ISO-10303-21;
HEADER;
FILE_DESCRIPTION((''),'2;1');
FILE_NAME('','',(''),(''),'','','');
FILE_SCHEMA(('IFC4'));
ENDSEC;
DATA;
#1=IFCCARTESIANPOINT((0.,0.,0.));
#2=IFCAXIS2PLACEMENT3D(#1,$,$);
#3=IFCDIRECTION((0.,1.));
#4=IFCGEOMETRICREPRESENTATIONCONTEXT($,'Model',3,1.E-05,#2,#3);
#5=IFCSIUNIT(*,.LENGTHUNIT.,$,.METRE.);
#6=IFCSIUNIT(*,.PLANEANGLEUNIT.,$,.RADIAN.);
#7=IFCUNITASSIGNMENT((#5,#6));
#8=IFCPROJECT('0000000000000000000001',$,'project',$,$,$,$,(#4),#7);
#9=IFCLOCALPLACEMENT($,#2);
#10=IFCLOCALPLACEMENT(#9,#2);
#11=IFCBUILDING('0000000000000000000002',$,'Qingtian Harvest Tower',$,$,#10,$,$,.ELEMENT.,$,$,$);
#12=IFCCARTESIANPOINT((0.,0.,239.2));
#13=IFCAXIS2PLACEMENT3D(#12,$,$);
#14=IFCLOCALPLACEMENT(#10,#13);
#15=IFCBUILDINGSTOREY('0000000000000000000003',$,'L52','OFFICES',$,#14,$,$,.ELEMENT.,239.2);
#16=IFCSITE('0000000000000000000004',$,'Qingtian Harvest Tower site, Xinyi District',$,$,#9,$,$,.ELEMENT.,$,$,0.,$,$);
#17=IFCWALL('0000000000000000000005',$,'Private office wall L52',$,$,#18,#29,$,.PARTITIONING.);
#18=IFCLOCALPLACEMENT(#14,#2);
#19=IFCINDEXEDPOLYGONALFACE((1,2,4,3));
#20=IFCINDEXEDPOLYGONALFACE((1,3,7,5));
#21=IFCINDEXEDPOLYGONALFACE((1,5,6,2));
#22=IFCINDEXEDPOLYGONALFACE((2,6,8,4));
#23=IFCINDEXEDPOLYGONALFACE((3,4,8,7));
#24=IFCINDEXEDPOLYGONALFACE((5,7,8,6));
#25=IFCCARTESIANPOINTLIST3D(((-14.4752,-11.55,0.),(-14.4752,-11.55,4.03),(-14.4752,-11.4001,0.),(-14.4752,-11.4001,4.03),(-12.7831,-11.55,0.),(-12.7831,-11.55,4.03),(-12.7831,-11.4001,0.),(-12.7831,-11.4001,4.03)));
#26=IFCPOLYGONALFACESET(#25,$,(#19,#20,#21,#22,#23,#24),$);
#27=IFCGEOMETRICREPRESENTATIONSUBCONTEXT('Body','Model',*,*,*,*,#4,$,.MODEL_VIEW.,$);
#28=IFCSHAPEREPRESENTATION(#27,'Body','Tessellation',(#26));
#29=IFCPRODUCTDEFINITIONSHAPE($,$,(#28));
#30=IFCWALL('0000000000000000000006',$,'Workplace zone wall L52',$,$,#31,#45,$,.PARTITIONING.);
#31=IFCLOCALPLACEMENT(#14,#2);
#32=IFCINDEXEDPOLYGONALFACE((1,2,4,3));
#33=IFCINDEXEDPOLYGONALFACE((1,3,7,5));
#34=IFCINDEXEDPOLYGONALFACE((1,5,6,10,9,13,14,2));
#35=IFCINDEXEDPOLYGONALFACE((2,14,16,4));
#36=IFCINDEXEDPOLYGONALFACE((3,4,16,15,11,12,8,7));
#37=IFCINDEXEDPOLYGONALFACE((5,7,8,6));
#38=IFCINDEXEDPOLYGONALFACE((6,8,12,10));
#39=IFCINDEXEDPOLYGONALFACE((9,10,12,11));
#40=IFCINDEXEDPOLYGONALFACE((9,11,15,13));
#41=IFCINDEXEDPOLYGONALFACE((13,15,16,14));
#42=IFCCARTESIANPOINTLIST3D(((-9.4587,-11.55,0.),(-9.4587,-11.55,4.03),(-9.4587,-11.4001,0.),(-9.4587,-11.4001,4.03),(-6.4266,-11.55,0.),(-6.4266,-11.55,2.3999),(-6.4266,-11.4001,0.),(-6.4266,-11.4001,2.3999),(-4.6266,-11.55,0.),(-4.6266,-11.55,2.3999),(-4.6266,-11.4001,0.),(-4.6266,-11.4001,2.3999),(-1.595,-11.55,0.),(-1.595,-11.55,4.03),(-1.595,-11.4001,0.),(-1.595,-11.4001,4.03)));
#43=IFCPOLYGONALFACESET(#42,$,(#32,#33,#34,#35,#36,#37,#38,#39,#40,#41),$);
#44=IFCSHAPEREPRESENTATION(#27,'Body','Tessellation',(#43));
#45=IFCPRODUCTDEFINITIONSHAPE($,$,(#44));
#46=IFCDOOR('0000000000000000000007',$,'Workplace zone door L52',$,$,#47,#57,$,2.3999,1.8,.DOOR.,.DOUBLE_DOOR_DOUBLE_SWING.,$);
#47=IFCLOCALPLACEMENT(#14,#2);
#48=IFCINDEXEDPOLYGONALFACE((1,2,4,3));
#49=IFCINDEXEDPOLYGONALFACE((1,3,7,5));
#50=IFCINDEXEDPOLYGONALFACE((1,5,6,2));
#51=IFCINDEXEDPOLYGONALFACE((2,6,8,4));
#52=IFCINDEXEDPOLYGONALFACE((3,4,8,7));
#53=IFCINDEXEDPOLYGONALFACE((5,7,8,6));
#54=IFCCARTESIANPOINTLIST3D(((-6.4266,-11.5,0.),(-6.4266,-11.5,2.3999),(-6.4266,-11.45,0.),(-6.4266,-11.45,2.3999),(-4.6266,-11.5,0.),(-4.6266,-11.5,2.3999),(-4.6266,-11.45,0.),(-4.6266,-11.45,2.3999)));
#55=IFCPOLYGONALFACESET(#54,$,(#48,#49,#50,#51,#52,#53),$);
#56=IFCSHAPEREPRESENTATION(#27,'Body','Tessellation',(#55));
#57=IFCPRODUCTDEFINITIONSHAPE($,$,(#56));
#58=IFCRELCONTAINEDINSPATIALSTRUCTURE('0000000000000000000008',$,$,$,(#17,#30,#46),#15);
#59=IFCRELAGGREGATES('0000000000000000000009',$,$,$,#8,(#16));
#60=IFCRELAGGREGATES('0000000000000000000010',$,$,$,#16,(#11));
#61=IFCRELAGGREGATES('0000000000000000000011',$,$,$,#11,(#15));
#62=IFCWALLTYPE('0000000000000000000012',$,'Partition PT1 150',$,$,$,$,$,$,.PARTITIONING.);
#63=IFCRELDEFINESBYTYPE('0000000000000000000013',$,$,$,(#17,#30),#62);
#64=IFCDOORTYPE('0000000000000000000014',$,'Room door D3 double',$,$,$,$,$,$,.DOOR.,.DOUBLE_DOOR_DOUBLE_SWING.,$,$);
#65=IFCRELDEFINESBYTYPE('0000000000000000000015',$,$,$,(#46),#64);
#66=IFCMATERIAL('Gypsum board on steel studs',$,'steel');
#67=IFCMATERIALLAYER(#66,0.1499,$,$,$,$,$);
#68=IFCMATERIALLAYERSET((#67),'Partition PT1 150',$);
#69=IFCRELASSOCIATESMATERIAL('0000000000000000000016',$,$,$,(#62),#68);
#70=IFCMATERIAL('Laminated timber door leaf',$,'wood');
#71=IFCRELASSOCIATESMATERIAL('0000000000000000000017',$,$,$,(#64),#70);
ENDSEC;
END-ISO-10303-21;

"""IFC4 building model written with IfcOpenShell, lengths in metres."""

from ifc_helpers import new_model, si_unit, direction, frame, frame_2d, origin, place, context, subcontext, project, spatial, rectangle, extrude, material, layer, layer_set, type_object, element, fill, save


model = new_model("IFC4")

# Units and contexts
model_context = context("Model", 3, precision=1e-05, world=origin(), true_north=direction((0.0, 1.0)))
body_context = subcontext(model_context, "Body", "Model", "MODEL_VIEW")
ifc_project = project(units=[si_unit("LENGTHUNIT", "METRE"), si_unit("PLANEANGLEUNIT", "RADIAN")], contexts=[model_context])

# Site, building, storey
site_placement = place(None, origin())
site = spatial("IfcSite", under=ifc_project, at=site_placement, Name="Qingtian Harvest Tower site, Xinyi District", CompositionType="ELEMENT", RefElevation=0.0)
building_placement = place(site_placement, origin())
building = spatial("IfcBuilding", under=site, at=building_placement, Name="Qingtian Harvest Tower", CompositionType="ELEMENT")
storey_placement = place(building_placement, frame((0.0, 0.0, 239.2)))
storey = spatial("IfcBuildingStorey", under=building, at=storey_placement, Name="L52", Description="OFFICES", CompositionType="ELEMENT", Elevation=239.2)

# Shared definitions
ifc_material_1 = material(Name="Gypsum board on steel studs", Category="steel")
ifc_layer_1 = layer(ifc_material_1, 0.1499)
ifc_layer_set_1 = layer_set([ifc_layer_1], Name="Partition PT1 150")
wall_type_1 = type_object("IfcWallType", Name="Partition PT1 150", PredefinedType="PARTITIONING", material=ifc_layer_set_1)

# Wall
wall_1_placement = place(storey_placement, frame((-12.783, -11.4751, 0.0), z_axis=(0.0, 0.0, 1.0), x_axis=(-1.0, 0.0, 0.0)))
element("IfcWall", 1, at=wall_1_placement, inside=storey, type_object=wall_type_1, Name="Private office wall L52", PredefinedType="PARTITIONING", context=body_context, shape_type="SweptSolid", body=[
    extrude(rectangle(XDim=1.6921, YDim=0.1499, at=frame_2d((0.8462, 0.0))), origin(), (0.0, 0.0, 1.0), 4.03),
])

# Wall, opening, door
wall_2_placement = place(storey_placement, frame((-1.595, -11.4751, 0.0), z_axis=(0.0, 0.0, 1.0), x_axis=(-1.0, 0.0, 0.0)))
wall_2 = element("IfcWall", 2, at=wall_2_placement, inside=storey, type_object=wall_type_1, Name="Workplace zone wall L52", PredefinedType="PARTITIONING", context=body_context, shape_type="SweptSolid", body=[
    extrude(rectangle(XDim=7.8638, YDim=0.1499, at=frame_2d((3.9319, 0.0))), origin(), (0.0, 0.0, 1.0), 4.03),
])
opening_1_placement = place(wall_2_placement, frame((3.0317, 0.0, 0.0)))
opening_1 = element("IfcOpeningElement", 3, at=opening_1_placement, cuts=wall_2, PredefinedType="OPENING", context=body_context, shape_type="SweptSolid", body=[
    extrude(rectangle(XDim=1.8, YDim=2.3999, at=frame_2d((0.8999, 1.2))), frame((0.0, 0.085, 0.0), z_axis=(0.0, -1.0, 0.0), x_axis=(1.0, 0.0, 0.0)), (0.0, 0.0, 1.0), 0.1699),
])
ifc_material_2 = material(Name="Laminated timber door leaf", Category="wood")
door_type_1 = type_object("IfcDoorType", Name="Room door D3 double", OperationType="DOUBLE_DOOR_DOUBLE_SWING", PredefinedType="DOOR", material=ifc_material_2)
door_1_placement = place(opening_1_placement, origin())
door_1 = element("IfcDoor", 4, at=door_1_placement, inside=storey, type_object=door_type_1, Name="Workplace zone door L52", OperationType="DOUBLE_DOOR_DOUBLE_SWING", OverallHeight=2.3999, OverallWidth=1.8, PredefinedType="DOOR", context=body_context, shape_type="SweptSolid", body=[
    extrude(rectangle(XDim=1.8, YDim=2.3999, at=frame_2d((0.8999, 1.2))), frame((0.0, 0.0249, 0.0), z_axis=(0.0, -1.0, 0.0), x_axis=(1.0, 0.0, 0.0)), (0.0, 0.0, 1.0), 0.05),
])
fill(opening_1, door_1)

save(model, "model.ifc")
